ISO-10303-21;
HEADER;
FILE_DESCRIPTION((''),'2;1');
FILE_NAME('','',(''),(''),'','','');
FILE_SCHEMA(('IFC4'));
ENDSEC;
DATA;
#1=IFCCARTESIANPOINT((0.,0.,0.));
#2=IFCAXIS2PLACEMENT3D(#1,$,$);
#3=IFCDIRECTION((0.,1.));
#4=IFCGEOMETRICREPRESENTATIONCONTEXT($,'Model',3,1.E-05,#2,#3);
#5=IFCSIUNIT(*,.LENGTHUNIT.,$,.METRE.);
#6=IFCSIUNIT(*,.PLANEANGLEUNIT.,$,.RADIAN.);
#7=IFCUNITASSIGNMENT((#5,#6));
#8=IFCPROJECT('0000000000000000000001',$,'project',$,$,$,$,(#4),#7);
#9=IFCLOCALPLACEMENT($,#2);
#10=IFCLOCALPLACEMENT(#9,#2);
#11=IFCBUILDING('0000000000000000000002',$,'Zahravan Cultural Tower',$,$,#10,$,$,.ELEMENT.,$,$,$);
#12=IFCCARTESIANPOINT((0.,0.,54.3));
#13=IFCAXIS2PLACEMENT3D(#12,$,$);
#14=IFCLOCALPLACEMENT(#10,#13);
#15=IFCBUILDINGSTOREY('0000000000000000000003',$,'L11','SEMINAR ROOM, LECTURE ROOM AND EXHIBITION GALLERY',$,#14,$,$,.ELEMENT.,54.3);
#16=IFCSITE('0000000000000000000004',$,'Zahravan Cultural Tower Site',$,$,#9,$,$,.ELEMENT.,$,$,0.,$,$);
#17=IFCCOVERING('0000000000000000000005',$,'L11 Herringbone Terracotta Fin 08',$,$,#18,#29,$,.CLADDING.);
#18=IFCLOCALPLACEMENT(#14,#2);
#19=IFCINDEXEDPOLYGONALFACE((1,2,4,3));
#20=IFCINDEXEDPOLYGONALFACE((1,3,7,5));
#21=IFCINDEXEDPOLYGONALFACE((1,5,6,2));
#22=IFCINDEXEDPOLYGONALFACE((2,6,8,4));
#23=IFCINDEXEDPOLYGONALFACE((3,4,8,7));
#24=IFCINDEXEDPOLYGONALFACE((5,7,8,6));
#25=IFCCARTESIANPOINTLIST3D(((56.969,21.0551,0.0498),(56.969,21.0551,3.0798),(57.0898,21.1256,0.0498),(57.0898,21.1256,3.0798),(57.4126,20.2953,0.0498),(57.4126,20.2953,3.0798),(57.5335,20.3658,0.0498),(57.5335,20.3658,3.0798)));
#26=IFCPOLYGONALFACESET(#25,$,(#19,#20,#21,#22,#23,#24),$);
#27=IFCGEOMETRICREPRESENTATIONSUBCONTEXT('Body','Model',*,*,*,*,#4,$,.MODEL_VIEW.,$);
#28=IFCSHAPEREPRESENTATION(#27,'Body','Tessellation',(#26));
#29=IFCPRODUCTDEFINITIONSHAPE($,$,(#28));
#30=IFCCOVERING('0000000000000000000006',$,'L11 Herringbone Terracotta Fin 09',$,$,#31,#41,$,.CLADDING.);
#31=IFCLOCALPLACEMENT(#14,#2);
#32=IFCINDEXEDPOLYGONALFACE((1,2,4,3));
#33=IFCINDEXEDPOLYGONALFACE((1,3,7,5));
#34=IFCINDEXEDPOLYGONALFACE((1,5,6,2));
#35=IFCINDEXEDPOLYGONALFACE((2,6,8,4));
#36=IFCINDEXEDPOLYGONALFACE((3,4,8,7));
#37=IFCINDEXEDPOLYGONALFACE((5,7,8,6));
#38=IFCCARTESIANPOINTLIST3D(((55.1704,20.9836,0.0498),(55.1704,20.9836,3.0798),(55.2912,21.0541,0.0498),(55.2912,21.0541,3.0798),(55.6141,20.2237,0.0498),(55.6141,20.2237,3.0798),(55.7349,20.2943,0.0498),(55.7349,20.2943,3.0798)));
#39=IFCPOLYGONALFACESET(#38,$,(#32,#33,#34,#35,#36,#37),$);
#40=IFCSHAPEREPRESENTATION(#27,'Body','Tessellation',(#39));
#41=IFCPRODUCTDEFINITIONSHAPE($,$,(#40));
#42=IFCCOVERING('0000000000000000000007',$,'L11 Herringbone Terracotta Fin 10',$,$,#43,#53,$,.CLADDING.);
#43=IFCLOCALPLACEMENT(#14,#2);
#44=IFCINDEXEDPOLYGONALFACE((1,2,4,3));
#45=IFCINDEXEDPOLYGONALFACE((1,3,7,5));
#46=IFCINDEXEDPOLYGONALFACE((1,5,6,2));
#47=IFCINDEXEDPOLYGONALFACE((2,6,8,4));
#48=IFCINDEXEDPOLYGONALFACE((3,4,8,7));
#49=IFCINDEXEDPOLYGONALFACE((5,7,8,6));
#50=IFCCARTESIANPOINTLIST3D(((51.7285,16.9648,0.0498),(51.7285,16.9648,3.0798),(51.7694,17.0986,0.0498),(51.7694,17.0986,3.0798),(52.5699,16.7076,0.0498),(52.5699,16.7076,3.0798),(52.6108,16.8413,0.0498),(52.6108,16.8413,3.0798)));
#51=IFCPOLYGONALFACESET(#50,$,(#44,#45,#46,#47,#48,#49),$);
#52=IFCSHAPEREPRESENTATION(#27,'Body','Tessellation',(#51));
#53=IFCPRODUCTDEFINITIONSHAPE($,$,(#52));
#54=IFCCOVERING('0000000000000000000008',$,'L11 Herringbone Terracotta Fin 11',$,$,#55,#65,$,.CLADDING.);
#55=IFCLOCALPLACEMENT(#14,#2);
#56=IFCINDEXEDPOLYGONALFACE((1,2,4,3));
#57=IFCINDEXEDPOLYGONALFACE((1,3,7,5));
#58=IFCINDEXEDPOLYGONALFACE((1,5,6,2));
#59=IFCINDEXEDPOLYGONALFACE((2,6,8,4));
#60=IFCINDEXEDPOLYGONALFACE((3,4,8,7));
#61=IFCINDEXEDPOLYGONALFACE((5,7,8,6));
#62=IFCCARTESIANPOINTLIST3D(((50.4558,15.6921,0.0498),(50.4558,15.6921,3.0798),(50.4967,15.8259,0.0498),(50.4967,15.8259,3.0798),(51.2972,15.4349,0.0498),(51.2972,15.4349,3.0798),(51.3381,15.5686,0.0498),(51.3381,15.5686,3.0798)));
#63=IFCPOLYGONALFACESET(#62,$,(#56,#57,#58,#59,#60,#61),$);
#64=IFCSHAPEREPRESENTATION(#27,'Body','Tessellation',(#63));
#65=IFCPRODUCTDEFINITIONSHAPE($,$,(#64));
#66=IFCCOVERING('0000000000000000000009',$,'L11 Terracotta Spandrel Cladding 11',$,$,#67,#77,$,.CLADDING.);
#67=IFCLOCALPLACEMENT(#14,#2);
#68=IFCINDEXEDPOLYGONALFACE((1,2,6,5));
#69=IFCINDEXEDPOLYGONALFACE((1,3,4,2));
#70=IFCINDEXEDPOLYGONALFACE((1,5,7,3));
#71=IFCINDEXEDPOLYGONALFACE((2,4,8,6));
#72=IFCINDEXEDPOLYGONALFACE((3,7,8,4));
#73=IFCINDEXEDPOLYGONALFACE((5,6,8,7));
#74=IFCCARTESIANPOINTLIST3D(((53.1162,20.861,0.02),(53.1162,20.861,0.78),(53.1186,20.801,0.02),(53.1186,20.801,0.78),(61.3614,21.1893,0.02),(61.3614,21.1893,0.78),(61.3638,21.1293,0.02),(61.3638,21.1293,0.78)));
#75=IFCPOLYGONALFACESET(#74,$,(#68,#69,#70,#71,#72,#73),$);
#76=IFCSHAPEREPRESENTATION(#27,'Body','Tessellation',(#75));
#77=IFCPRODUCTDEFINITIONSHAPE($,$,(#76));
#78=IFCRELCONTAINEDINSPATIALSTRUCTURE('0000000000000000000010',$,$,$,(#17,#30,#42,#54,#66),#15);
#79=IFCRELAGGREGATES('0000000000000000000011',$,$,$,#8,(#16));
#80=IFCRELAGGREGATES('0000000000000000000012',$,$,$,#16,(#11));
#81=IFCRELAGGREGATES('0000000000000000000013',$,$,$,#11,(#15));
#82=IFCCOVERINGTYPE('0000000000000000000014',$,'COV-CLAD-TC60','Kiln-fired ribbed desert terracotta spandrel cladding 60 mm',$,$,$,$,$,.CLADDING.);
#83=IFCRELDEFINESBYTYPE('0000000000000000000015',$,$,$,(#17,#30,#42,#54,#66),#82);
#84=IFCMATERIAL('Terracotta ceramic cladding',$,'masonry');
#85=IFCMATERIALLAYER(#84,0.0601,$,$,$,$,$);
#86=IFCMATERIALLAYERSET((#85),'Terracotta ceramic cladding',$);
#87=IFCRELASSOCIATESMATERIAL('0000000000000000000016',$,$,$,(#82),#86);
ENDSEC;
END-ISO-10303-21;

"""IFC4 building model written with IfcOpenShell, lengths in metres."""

from ifc_helpers import new_model, si_unit, direction, frame, origin, origin_2d, place, context, subcontext, project, spatial, rectangle, extrude, source, transform, mapped, material, layer, layer_set, type_object, element, save


model = new_model("IFC4")

# Units and contexts
model_context = context("Model", 3, precision=1e-05, world=origin(), true_north=direction((0.0, 1.0)))
body_context = subcontext(model_context, "Body", "Model", "MODEL_VIEW")
ifc_project = project(units=[si_unit("LENGTHUNIT", "METRE"), si_unit("PLANEANGLEUNIT", "RADIAN")], contexts=[model_context])

# Site, building, storey
site_placement = place(None, origin())
site = spatial("IfcSite", under=ifc_project, at=site_placement, Name="Zahravan Cultural Tower Site", CompositionType="ELEMENT", RefElevation=0.0)
building_placement = place(site_placement, origin())
building = spatial("IfcBuilding", under=site, at=building_placement, Name="Zahravan Cultural Tower", CompositionType="ELEMENT")
storey_placement = place(building_placement, frame((0.0, 0.0, 54.3)))
storey = spatial("IfcBuildingStorey", under=building, at=storey_placement, Name="L11", Description="SEMINAR ROOM, LECTURE ROOM AND EXHIBITION GALLERY", CompositionType="ELEMENT", Elevation=54.3)

# Coverings
ifc_material_1 = material(Name="Terracotta ceramic cladding", Category="masonry")
ifc_layer_1 = layer(ifc_material_1, 0.0601)
ifc_layer_set_1 = layer_set([ifc_layer_1], Name="Terracotta ceramic cladding")
covering_type = type_object("IfcCoveringType", Name="COV-CLAD-TC60", Description="Kiln-fired ribbed desert terracotta spandrel cladding 60 mm", PredefinedType="CLADDING", material=ifc_layer_set_1)
shared_shape_1 = source(origin(), body_context, "Body", "SweptSolid", [
    extrude(rectangle(XDim=0.8799, YDim=0.1399, at=origin_2d()), origin(), (0.0, 0.0, 1.0), 3.03),
])
for number, where, z_axis, x_axis, name in (
    (1, (57.2512, 20.7104, 0.0498), (0.0, 0.0, 1.0), (0.504226, -0.863572, 0.0), "L11 Herringbone Terracotta Fin 08"),
    (2, (55.4526, 20.6389, 0.0498), (0.0, 0.0, 1.0), (0.504226, -0.863572, 0.0), "L11 Herringbone Terracotta Fin 09"),
    (3, (52.1697, 16.9031, 0.0498), (0.0, 0.0, 1.0), (0.956305, -0.292372, 0.0), "L11 Herringbone Terracotta Fin 10"),
    (4, (50.897, 15.6304, 0.0498), (0.0, 0.0, 1.0), (0.956305, -0.292372, 0.0), "L11 Herringbone Terracotta Fin 11"),
):
    element("IfcCovering", number, at=place(storey_placement, frame(where, z_axis=z_axis, x_axis=x_axis)), inside=storey, type_object=covering_type, Name=name, PredefinedType="CLADDING", context=body_context, shape_type="MappedRepresentation", body=[
        mapped(shared_shape_1, transform((0.0, 0.0, 0.0), x_axis=(1.0, 0.0, 0.0), y_axis=(0.0, 1.0, 0.0), z_axis=(0.0, 0.0, 1.0), scale=1.0)),
    ])
shared_shape_2 = source(origin(), body_context, "Body", "SweptSolid", [
    extrude(rectangle(XDim=8.2517, YDim=0.0601, at=origin_2d()), origin(), (0.0, 0.0, 1.0), 0.76),
])
covering_1_placement = place(storey_placement, frame((57.24, 20.9951, 0.02), z_axis=(0.0, 0.0, 1.0), x_axis=(-0.999208, -0.039783, 0.0)))
element("IfcCovering", 5, at=covering_1_placement, inside=storey, type_object=covering_type, Name="L11 Terracotta Spandrel Cladding 11", PredefinedType="CLADDING", context=body_context, shape_type="MappedRepresentation", body=[
    mapped(shared_shape_2, transform((0.0, 0.0, 0.0), x_axis=(1.0, 0.0, 0.0), y_axis=(0.0, 1.0, 0.0), z_axis=(0.0, 0.0, 1.0), scale=1.0)),
])

save(model, "model.ifc")
